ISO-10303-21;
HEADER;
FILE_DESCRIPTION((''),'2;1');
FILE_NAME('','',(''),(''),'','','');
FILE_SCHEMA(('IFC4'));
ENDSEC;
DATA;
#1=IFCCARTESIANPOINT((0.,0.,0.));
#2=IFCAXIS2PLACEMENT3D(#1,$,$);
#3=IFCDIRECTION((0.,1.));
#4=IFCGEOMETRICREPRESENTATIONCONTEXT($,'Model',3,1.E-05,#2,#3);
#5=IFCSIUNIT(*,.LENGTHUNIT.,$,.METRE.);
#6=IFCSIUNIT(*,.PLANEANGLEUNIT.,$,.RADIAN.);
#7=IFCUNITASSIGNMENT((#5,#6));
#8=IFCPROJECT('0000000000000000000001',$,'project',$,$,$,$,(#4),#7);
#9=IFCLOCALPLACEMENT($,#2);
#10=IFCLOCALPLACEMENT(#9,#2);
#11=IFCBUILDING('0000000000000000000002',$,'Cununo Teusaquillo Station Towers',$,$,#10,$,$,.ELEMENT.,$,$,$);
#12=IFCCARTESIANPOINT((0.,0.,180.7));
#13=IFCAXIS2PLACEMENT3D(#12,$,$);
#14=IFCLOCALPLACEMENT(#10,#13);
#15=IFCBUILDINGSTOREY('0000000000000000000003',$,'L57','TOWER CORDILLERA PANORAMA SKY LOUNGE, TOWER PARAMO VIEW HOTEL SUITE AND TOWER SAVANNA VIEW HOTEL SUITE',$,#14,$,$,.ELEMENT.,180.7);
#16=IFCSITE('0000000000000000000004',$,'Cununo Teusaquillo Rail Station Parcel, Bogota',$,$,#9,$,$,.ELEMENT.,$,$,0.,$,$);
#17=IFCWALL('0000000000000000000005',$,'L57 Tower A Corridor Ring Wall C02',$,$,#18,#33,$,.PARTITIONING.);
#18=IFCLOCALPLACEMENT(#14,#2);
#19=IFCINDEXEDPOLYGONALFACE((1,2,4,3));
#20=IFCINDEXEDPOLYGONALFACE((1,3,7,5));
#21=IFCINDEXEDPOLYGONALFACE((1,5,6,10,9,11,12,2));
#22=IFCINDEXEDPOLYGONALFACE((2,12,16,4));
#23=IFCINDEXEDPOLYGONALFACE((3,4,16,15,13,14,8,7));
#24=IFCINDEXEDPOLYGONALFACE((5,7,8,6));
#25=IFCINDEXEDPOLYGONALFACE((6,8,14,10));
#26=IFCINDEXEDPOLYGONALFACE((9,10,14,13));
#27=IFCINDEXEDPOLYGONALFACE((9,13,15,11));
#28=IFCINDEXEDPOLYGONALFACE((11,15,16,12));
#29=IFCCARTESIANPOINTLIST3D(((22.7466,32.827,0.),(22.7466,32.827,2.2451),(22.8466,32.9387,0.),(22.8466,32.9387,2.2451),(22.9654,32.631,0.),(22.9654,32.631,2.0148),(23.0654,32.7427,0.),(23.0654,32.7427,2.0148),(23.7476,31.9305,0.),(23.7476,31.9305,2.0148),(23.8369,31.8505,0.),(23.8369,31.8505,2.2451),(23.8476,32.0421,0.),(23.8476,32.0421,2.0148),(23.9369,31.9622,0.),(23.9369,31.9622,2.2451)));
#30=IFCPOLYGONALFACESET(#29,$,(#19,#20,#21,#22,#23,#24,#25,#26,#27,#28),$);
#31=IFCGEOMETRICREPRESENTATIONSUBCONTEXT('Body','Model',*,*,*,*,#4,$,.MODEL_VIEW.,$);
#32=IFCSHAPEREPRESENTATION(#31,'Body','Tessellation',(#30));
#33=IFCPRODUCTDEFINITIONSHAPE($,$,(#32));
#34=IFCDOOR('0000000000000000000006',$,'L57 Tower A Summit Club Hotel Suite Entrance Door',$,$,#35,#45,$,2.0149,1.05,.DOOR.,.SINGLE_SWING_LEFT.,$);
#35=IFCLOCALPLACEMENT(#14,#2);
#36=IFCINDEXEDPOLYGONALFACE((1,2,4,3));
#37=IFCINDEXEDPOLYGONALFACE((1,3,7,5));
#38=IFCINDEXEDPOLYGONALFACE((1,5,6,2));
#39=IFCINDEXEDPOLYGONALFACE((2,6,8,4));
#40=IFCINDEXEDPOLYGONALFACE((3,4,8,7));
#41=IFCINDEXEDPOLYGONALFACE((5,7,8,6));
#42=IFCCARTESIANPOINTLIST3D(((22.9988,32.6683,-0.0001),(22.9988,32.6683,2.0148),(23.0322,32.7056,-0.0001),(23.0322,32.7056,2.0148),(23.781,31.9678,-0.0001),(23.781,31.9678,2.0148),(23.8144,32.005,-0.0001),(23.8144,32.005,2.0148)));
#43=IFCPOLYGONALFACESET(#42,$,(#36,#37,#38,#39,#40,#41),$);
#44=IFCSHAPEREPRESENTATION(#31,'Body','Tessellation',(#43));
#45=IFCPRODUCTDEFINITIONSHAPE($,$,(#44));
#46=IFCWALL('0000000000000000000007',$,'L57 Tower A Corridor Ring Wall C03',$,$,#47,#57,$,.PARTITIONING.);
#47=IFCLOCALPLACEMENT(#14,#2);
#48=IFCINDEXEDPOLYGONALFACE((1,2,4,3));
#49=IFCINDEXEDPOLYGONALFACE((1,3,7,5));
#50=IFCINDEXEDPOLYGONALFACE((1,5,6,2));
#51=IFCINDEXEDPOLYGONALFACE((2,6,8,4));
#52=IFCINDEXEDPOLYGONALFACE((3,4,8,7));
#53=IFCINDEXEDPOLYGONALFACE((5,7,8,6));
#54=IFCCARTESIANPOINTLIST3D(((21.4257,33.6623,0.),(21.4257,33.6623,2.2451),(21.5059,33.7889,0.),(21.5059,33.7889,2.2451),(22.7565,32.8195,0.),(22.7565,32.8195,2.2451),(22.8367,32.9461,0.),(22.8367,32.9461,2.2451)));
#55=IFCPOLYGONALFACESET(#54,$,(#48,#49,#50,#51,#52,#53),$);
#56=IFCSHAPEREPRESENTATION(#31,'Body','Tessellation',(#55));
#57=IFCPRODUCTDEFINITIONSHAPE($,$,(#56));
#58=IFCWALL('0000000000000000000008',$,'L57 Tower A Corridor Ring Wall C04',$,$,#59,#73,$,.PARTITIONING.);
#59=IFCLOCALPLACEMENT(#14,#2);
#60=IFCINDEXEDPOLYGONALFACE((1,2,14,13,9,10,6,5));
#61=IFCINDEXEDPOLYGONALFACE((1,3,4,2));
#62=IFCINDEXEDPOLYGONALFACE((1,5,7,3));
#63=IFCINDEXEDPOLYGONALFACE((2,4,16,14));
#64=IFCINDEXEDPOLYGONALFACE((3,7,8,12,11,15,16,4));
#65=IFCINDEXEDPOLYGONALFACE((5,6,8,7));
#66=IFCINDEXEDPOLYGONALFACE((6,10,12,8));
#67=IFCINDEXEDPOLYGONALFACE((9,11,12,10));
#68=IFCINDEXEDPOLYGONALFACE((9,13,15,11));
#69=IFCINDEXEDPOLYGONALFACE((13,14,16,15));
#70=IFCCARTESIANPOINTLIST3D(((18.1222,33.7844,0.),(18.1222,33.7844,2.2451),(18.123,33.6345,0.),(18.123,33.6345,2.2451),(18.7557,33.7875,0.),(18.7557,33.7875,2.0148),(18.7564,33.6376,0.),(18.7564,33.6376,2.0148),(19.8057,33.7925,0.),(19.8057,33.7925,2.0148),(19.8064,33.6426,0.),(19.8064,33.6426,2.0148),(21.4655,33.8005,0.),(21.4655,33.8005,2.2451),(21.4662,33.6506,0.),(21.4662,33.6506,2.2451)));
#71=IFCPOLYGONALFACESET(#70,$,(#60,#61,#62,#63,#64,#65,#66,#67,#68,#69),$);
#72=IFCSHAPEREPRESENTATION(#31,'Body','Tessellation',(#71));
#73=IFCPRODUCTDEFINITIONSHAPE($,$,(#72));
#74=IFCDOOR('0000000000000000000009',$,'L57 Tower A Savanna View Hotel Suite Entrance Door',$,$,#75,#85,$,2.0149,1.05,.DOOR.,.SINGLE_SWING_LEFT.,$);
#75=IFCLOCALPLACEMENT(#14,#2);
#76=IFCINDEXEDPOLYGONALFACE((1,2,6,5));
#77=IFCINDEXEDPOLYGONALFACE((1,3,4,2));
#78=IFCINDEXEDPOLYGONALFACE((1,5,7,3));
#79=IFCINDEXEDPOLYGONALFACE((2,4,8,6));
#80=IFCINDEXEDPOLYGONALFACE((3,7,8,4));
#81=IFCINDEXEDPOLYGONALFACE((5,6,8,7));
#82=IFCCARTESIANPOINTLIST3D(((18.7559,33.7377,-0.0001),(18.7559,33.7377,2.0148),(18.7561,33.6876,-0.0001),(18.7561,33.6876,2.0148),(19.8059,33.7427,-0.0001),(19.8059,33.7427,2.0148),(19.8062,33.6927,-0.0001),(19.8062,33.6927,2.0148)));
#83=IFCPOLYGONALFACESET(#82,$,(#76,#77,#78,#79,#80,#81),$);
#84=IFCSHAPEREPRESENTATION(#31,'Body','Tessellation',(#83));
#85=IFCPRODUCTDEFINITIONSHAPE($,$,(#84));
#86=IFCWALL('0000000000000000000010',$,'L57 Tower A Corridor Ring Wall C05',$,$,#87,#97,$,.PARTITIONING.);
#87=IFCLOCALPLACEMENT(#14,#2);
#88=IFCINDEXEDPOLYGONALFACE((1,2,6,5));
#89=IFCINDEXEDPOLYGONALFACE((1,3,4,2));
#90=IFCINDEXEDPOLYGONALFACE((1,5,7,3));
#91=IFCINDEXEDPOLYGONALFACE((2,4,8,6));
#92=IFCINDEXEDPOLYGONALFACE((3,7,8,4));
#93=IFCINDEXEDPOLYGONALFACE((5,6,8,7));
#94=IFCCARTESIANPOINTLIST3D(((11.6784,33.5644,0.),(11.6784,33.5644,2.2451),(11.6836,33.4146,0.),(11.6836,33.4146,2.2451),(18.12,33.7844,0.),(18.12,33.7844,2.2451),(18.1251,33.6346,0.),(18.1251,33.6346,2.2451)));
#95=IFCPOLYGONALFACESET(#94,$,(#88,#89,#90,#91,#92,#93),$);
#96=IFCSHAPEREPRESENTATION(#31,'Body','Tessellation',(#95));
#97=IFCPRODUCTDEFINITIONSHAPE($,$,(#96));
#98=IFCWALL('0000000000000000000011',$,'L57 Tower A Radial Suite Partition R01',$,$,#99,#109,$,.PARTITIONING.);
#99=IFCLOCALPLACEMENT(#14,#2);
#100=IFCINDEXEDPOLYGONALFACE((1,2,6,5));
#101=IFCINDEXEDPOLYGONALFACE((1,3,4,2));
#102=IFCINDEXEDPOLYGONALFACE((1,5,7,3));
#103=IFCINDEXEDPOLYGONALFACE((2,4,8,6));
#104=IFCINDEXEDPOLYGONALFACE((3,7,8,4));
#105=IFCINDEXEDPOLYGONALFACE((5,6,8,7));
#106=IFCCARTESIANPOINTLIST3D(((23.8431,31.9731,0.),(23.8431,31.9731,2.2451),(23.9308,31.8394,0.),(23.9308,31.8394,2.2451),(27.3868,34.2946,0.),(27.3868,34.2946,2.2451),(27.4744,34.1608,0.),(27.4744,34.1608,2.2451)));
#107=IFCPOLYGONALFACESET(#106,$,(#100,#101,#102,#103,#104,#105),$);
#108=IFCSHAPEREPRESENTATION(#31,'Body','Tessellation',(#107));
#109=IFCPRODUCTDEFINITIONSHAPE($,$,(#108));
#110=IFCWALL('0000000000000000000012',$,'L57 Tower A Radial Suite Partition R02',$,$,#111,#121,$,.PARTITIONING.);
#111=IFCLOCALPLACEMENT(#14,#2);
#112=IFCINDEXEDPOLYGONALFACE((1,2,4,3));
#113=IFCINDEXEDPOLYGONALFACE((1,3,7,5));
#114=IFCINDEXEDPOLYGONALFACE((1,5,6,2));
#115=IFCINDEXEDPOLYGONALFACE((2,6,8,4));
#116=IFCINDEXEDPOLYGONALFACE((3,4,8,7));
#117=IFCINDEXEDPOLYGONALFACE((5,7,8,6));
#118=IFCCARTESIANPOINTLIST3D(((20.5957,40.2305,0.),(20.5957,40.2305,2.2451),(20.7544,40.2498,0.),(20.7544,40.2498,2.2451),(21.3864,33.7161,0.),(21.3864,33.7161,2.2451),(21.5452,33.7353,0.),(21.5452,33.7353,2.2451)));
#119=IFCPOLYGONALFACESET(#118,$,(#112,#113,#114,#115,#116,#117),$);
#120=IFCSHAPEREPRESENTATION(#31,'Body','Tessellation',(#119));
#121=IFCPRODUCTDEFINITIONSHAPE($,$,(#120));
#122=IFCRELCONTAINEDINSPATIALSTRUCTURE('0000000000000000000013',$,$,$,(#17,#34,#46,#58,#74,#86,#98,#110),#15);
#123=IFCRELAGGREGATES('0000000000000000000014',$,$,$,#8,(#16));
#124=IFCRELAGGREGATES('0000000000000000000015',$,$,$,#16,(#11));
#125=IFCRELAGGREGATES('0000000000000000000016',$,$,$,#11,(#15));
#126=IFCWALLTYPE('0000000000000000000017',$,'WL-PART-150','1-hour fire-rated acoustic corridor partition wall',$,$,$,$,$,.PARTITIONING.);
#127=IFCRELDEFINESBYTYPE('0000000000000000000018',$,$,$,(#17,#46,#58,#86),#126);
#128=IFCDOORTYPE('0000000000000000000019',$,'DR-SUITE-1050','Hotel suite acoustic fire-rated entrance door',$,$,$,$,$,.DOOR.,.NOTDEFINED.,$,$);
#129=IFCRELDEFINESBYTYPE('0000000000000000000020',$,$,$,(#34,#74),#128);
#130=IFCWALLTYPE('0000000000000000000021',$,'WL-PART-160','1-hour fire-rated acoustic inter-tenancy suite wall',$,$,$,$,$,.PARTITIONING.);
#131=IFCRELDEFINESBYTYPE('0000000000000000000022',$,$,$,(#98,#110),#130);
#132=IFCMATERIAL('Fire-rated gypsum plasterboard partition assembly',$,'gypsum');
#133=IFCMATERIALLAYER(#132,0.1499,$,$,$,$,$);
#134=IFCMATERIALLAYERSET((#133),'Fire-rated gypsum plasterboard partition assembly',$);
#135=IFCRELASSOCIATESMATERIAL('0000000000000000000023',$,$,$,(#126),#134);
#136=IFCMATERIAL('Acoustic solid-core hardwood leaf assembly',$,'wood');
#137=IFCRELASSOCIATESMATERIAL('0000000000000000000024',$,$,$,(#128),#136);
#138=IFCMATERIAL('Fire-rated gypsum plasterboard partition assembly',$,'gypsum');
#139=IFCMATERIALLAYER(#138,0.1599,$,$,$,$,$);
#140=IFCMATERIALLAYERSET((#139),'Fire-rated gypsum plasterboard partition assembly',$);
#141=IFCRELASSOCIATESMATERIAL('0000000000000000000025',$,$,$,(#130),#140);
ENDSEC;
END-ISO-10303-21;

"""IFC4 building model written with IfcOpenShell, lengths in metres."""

from ifc_helpers import new_model, si_unit, direction, frame, frame_2d, origin, place, context, subcontext, project, spatial, rectangle, extrude, source, transform, mapped, material, layer, layer_set, type_object, element, fill, save


model = new_model("IFC4")

# Units and contexts
model_context = context("Model", 3, precision=1e-05, world=origin(), true_north=direction((0.0, 1.0)))
body_context = subcontext(model_context, "Body", "Model", "MODEL_VIEW")
ifc_project = project(units=[si_unit("LENGTHUNIT", "METRE"), si_unit("PLANEANGLEUNIT", "RADIAN")], contexts=[model_context])

# Site, building, storey
site_placement = place(None, origin())
site = spatial("IfcSite", under=ifc_project, at=site_placement, Name="Cununo Teusaquillo Rail Station Parcel, Bogota", CompositionType="ELEMENT", RefElevation=0.0)
building_placement = place(site_placement, origin())
building = spatial("IfcBuilding", under=site, at=building_placement, Name="Cununo Teusaquillo Station Towers", CompositionType="ELEMENT")
storey_placement = place(building_placement, frame((0.0, 0.0, 180.7)))
storey = spatial("IfcBuildingStorey", under=building, at=storey_placement, Name="L57", Description="TOWER CORDILLERA PANORAMA SKY LOUNGE, TOWER PARAMO VIEW HOTEL SUITE AND TOWER SAVANNA VIEW HOTEL SUITE", CompositionType="ELEMENT", Elevation=180.7)

# Wall, opening, door
ifc_material_1 = material(Name="Fire-rated gypsum plasterboard partition assembly", Category="gypsum")
ifc_layer_1 = layer(ifc_material_1, 0.1499)
ifc_layer_set_1 = layer_set([ifc_layer_1], Name="Fire-rated gypsum plasterboard partition assembly")
wall_type_1 = type_object("IfcWallType", Name="WL-PART-150", Description="1-hour fire-rated acoustic corridor partition wall", PredefinedType="PARTITIONING", material=ifc_layer_set_1)
wall_1_placement = place(storey_placement, frame((23.887, 31.9062, 0.0), z_axis=(0.0, 0.0, 1.0), x_axis=(-0.744901, 0.667175, 0.0)))
wall_1 = element("IfcWall", 1, at=wall_1_placement, inside=storey, type_object=wall_type_1, Name="L57 Tower A Corridor Ring Wall C02", PredefinedType="PARTITIONING", context=body_context, shape_type="SweptSolid", body=[
    extrude(rectangle(XDim=1.4636, YDim=0.1499, at=frame_2d((0.7319, 0.0))), origin(), (0.0, 0.0, 1.0), 2.2451),
])
shared_shape_1 = source(origin(), body_context, "Body", "SweptSolid", [
    extrude(rectangle(XDim=1.05, YDim=2.0149, at=frame_2d((0.5249, 1.0073))), frame((0.0, 0.085, 0.0), z_axis=(0.0, -1.0, 0.0), x_axis=(1.0, 0.0, 0.0)), (0.0, 0.0, 1.0), 0.1699),
])
opening_1_placement = place(wall_1_placement, frame((0.1201, 0.0, 0.0)))
opening_1 = element("IfcOpeningElement", 2, at=opening_1_placement, cuts=wall_1, PredefinedType="OPENING", context=body_context, shape_type="MappedRepresentation", body=[
    mapped(shared_shape_1, transform((0.0, 0.0, 0.0), x_axis=(1.0, 0.0, 0.0), y_axis=(0.0, 1.0, 0.0), z_axis=(0.0, 0.0, 1.0), scale=1.0)),
])
ifc_material_2 = material(Name="Acoustic solid-core hardwood leaf assembly", Category="wood")
door_type_1 = type_object("IfcDoorType", Name="DR-SUITE-1050", Description="Hotel suite acoustic fire-rated entrance door", OperationType="NOTDEFINED", PredefinedType="DOOR", material=ifc_material_2)
shared_shape_2 = source(origin(), body_context, "Body", "SweptSolid", [
    extrude(rectangle(XDim=1.05, YDim=2.0149, at=frame_2d((0.5249, 1.0073))), frame((0.0, 0.0249, 0.0), z_axis=(0.0, -1.0, 0.0), x_axis=(1.0, 0.0, 0.0)), (0.0, 0.0, 1.0), 0.05),
])
door_1_placement = place(opening_1_placement, origin())
door_1 = element("IfcDoor", 3, at=door_1_placement, inside=storey, type_object=door_type_1, Name="L57 Tower A Summit Club Hotel Suite Entrance Door", OperationType="SINGLE_SWING_LEFT", OverallHeight=2.0149, OverallWidth=1.05, PredefinedType="DOOR", context=body_context, shape_type="MappedRepresentation", body=[
    mapped(shared_shape_2, transform((0.0, 0.0, 0.0), x_axis=(1.0, 0.0, 0.0), y_axis=(0.0, 1.0, 0.0), z_axis=(0.0, 0.0, 1.0), scale=1.0)),
])
fill(opening_1, door_1)

# Wall
wall_2_placement = place(storey_placement, frame((22.7966, 32.8828, 0.0), z_axis=(0.0, 0.0, 1.0), x_axis=(-0.84484, 0.535019, 0.0)))
element("IfcWall", 4, at=wall_2_placement, inside=storey, type_object=wall_type_1, Name="L57 Tower A Corridor Ring Wall C03", PredefinedType="PARTITIONING", context=body_context, shape_type="SweptSolid", body=[
    extrude(rectangle(XDim=1.5752, YDim=0.1499, at=frame_2d((0.7876, 0.0))), origin(), (0.0, 0.0, 1.0), 2.2451),
])

# Wall, opening, door
wall_3_placement = place(storey_placement, frame((21.4658, 33.7256, 0.0), z_axis=(0.0, 0.0, 1.0), x_axis=(-0.999988, -0.00482, 0.0)))
wall_3 = element("IfcWall", 5, at=wall_3_placement, inside=storey, type_object=wall_type_1, Name="L57 Tower A Corridor Ring Wall C04", PredefinedType="PARTITIONING", context=body_context, shape_type="SweptSolid", body=[
    extrude(rectangle(XDim=3.3433, YDim=0.1499, at=frame_2d((1.6716, 0.0))), origin(), (0.0, 0.0, 1.0), 2.2451),
])
opening_2_placement = place(wall_3_placement, frame((1.6599, 0.0, 0.0)))
opening_2 = element("IfcOpeningElement", 6, at=opening_2_placement, cuts=wall_3, PredefinedType="OPENING", context=body_context, shape_type="MappedRepresentation", body=[
    mapped(shared_shape_1, transform((0.0, 0.0, 0.0), x_axis=(1.0, 0.0, 0.0), y_axis=(0.0, 1.0, 0.0), z_axis=(0.0, 0.0, 1.0), scale=1.0)),
])
door_2_placement = place(opening_2_placement, origin())
door_2 = element("IfcDoor", 7, at=door_2_placement, inside=storey, type_object=door_type_1, Name="L57 Tower A Savanna View Hotel Suite Entrance Door", OperationType="SINGLE_SWING_LEFT", OverallHeight=2.0149, OverallWidth=1.05, PredefinedType="DOOR", context=body_context, shape_type="MappedRepresentation", body=[
    mapped(shared_shape_2, transform((0.0, 0.0, 0.0), x_axis=(1.0, 0.0, 0.0), y_axis=(0.0, 1.0, 0.0), z_axis=(0.0, 0.0, 1.0), scale=1.0)),
])
fill(opening_2, door_2)

# Walls
wall_4_placement = place(storey_placement, frame((18.1226, 33.7095, 0.0), z_axis=(0.0, 0.0, 1.0), x_axis=(-0.999417, -0.034128, 0.0)))
element("IfcWall", 8, at=wall_4_placement, inside=storey, type_object=wall_type_1, Name="L57 Tower A Corridor Ring Wall C05", PredefinedType="PARTITIONING", context=body_context, shape_type="SweptSolid", body=[
    extrude(rectangle(XDim=6.4453, YDim=0.1499, at=frame_2d((3.2227, 0.0))), origin(), (0.0, 0.0, 1.0), 2.2451),
])
ifc_material_3 = material(Name="Fire-rated gypsum plasterboard partition assembly", Category="gypsum")
ifc_layer_2 = layer(ifc_material_3, 0.1599)
ifc_layer_set_2 = layer_set([ifc_layer_2], Name="Fire-rated gypsum plasterboard partition assembly")
wall_type_2 = type_object("IfcWallType", Name="WL-PART-160", Description="1-hour fire-rated acoustic inter-tenancy suite wall", PredefinedType="PARTITIONING", material=ifc_layer_set_2)
wall_5_placement = place(storey_placement, frame((23.887, 31.9062, 0.0), z_axis=(0.0, 0.0, 1.0), x_axis=(0.836483, 0.547993, 0.0)))
element("IfcWall", 9, at=wall_5_placement, inside=storey, type_object=wall_type_2, Name="L57 Tower A Radial Suite Partition R01", PredefinedType="PARTITIONING", context=body_context, shape_type="SweptSolid", body=[
    extrude(rectangle(XDim=4.2363, YDim=0.1599, at=frame_2d((2.1182, 0.0))), origin(), (0.0, 0.0, 1.0), 2.2451),
])
wall_6_placement = place(storey_placement, frame((21.4658, 33.7256, 0.0), z_axis=(0.0, 0.0, 1.0), x_axis=(-0.120504, 0.992713, 0.0)))
element("IfcWall", 10, at=wall_6_placement, inside=storey, type_object=wall_type_2, Name="L57 Tower A Radial Suite Partition R02", PredefinedType="PARTITIONING", context=body_context, shape_type="SweptSolid", body=[
    extrude(rectangle(XDim=6.5623, YDim=0.1599, at=frame_2d((3.2812, 0.0))), origin(), (0.0, 0.0, 1.0), 2.2451),
])

save(model, "model.ifc")
